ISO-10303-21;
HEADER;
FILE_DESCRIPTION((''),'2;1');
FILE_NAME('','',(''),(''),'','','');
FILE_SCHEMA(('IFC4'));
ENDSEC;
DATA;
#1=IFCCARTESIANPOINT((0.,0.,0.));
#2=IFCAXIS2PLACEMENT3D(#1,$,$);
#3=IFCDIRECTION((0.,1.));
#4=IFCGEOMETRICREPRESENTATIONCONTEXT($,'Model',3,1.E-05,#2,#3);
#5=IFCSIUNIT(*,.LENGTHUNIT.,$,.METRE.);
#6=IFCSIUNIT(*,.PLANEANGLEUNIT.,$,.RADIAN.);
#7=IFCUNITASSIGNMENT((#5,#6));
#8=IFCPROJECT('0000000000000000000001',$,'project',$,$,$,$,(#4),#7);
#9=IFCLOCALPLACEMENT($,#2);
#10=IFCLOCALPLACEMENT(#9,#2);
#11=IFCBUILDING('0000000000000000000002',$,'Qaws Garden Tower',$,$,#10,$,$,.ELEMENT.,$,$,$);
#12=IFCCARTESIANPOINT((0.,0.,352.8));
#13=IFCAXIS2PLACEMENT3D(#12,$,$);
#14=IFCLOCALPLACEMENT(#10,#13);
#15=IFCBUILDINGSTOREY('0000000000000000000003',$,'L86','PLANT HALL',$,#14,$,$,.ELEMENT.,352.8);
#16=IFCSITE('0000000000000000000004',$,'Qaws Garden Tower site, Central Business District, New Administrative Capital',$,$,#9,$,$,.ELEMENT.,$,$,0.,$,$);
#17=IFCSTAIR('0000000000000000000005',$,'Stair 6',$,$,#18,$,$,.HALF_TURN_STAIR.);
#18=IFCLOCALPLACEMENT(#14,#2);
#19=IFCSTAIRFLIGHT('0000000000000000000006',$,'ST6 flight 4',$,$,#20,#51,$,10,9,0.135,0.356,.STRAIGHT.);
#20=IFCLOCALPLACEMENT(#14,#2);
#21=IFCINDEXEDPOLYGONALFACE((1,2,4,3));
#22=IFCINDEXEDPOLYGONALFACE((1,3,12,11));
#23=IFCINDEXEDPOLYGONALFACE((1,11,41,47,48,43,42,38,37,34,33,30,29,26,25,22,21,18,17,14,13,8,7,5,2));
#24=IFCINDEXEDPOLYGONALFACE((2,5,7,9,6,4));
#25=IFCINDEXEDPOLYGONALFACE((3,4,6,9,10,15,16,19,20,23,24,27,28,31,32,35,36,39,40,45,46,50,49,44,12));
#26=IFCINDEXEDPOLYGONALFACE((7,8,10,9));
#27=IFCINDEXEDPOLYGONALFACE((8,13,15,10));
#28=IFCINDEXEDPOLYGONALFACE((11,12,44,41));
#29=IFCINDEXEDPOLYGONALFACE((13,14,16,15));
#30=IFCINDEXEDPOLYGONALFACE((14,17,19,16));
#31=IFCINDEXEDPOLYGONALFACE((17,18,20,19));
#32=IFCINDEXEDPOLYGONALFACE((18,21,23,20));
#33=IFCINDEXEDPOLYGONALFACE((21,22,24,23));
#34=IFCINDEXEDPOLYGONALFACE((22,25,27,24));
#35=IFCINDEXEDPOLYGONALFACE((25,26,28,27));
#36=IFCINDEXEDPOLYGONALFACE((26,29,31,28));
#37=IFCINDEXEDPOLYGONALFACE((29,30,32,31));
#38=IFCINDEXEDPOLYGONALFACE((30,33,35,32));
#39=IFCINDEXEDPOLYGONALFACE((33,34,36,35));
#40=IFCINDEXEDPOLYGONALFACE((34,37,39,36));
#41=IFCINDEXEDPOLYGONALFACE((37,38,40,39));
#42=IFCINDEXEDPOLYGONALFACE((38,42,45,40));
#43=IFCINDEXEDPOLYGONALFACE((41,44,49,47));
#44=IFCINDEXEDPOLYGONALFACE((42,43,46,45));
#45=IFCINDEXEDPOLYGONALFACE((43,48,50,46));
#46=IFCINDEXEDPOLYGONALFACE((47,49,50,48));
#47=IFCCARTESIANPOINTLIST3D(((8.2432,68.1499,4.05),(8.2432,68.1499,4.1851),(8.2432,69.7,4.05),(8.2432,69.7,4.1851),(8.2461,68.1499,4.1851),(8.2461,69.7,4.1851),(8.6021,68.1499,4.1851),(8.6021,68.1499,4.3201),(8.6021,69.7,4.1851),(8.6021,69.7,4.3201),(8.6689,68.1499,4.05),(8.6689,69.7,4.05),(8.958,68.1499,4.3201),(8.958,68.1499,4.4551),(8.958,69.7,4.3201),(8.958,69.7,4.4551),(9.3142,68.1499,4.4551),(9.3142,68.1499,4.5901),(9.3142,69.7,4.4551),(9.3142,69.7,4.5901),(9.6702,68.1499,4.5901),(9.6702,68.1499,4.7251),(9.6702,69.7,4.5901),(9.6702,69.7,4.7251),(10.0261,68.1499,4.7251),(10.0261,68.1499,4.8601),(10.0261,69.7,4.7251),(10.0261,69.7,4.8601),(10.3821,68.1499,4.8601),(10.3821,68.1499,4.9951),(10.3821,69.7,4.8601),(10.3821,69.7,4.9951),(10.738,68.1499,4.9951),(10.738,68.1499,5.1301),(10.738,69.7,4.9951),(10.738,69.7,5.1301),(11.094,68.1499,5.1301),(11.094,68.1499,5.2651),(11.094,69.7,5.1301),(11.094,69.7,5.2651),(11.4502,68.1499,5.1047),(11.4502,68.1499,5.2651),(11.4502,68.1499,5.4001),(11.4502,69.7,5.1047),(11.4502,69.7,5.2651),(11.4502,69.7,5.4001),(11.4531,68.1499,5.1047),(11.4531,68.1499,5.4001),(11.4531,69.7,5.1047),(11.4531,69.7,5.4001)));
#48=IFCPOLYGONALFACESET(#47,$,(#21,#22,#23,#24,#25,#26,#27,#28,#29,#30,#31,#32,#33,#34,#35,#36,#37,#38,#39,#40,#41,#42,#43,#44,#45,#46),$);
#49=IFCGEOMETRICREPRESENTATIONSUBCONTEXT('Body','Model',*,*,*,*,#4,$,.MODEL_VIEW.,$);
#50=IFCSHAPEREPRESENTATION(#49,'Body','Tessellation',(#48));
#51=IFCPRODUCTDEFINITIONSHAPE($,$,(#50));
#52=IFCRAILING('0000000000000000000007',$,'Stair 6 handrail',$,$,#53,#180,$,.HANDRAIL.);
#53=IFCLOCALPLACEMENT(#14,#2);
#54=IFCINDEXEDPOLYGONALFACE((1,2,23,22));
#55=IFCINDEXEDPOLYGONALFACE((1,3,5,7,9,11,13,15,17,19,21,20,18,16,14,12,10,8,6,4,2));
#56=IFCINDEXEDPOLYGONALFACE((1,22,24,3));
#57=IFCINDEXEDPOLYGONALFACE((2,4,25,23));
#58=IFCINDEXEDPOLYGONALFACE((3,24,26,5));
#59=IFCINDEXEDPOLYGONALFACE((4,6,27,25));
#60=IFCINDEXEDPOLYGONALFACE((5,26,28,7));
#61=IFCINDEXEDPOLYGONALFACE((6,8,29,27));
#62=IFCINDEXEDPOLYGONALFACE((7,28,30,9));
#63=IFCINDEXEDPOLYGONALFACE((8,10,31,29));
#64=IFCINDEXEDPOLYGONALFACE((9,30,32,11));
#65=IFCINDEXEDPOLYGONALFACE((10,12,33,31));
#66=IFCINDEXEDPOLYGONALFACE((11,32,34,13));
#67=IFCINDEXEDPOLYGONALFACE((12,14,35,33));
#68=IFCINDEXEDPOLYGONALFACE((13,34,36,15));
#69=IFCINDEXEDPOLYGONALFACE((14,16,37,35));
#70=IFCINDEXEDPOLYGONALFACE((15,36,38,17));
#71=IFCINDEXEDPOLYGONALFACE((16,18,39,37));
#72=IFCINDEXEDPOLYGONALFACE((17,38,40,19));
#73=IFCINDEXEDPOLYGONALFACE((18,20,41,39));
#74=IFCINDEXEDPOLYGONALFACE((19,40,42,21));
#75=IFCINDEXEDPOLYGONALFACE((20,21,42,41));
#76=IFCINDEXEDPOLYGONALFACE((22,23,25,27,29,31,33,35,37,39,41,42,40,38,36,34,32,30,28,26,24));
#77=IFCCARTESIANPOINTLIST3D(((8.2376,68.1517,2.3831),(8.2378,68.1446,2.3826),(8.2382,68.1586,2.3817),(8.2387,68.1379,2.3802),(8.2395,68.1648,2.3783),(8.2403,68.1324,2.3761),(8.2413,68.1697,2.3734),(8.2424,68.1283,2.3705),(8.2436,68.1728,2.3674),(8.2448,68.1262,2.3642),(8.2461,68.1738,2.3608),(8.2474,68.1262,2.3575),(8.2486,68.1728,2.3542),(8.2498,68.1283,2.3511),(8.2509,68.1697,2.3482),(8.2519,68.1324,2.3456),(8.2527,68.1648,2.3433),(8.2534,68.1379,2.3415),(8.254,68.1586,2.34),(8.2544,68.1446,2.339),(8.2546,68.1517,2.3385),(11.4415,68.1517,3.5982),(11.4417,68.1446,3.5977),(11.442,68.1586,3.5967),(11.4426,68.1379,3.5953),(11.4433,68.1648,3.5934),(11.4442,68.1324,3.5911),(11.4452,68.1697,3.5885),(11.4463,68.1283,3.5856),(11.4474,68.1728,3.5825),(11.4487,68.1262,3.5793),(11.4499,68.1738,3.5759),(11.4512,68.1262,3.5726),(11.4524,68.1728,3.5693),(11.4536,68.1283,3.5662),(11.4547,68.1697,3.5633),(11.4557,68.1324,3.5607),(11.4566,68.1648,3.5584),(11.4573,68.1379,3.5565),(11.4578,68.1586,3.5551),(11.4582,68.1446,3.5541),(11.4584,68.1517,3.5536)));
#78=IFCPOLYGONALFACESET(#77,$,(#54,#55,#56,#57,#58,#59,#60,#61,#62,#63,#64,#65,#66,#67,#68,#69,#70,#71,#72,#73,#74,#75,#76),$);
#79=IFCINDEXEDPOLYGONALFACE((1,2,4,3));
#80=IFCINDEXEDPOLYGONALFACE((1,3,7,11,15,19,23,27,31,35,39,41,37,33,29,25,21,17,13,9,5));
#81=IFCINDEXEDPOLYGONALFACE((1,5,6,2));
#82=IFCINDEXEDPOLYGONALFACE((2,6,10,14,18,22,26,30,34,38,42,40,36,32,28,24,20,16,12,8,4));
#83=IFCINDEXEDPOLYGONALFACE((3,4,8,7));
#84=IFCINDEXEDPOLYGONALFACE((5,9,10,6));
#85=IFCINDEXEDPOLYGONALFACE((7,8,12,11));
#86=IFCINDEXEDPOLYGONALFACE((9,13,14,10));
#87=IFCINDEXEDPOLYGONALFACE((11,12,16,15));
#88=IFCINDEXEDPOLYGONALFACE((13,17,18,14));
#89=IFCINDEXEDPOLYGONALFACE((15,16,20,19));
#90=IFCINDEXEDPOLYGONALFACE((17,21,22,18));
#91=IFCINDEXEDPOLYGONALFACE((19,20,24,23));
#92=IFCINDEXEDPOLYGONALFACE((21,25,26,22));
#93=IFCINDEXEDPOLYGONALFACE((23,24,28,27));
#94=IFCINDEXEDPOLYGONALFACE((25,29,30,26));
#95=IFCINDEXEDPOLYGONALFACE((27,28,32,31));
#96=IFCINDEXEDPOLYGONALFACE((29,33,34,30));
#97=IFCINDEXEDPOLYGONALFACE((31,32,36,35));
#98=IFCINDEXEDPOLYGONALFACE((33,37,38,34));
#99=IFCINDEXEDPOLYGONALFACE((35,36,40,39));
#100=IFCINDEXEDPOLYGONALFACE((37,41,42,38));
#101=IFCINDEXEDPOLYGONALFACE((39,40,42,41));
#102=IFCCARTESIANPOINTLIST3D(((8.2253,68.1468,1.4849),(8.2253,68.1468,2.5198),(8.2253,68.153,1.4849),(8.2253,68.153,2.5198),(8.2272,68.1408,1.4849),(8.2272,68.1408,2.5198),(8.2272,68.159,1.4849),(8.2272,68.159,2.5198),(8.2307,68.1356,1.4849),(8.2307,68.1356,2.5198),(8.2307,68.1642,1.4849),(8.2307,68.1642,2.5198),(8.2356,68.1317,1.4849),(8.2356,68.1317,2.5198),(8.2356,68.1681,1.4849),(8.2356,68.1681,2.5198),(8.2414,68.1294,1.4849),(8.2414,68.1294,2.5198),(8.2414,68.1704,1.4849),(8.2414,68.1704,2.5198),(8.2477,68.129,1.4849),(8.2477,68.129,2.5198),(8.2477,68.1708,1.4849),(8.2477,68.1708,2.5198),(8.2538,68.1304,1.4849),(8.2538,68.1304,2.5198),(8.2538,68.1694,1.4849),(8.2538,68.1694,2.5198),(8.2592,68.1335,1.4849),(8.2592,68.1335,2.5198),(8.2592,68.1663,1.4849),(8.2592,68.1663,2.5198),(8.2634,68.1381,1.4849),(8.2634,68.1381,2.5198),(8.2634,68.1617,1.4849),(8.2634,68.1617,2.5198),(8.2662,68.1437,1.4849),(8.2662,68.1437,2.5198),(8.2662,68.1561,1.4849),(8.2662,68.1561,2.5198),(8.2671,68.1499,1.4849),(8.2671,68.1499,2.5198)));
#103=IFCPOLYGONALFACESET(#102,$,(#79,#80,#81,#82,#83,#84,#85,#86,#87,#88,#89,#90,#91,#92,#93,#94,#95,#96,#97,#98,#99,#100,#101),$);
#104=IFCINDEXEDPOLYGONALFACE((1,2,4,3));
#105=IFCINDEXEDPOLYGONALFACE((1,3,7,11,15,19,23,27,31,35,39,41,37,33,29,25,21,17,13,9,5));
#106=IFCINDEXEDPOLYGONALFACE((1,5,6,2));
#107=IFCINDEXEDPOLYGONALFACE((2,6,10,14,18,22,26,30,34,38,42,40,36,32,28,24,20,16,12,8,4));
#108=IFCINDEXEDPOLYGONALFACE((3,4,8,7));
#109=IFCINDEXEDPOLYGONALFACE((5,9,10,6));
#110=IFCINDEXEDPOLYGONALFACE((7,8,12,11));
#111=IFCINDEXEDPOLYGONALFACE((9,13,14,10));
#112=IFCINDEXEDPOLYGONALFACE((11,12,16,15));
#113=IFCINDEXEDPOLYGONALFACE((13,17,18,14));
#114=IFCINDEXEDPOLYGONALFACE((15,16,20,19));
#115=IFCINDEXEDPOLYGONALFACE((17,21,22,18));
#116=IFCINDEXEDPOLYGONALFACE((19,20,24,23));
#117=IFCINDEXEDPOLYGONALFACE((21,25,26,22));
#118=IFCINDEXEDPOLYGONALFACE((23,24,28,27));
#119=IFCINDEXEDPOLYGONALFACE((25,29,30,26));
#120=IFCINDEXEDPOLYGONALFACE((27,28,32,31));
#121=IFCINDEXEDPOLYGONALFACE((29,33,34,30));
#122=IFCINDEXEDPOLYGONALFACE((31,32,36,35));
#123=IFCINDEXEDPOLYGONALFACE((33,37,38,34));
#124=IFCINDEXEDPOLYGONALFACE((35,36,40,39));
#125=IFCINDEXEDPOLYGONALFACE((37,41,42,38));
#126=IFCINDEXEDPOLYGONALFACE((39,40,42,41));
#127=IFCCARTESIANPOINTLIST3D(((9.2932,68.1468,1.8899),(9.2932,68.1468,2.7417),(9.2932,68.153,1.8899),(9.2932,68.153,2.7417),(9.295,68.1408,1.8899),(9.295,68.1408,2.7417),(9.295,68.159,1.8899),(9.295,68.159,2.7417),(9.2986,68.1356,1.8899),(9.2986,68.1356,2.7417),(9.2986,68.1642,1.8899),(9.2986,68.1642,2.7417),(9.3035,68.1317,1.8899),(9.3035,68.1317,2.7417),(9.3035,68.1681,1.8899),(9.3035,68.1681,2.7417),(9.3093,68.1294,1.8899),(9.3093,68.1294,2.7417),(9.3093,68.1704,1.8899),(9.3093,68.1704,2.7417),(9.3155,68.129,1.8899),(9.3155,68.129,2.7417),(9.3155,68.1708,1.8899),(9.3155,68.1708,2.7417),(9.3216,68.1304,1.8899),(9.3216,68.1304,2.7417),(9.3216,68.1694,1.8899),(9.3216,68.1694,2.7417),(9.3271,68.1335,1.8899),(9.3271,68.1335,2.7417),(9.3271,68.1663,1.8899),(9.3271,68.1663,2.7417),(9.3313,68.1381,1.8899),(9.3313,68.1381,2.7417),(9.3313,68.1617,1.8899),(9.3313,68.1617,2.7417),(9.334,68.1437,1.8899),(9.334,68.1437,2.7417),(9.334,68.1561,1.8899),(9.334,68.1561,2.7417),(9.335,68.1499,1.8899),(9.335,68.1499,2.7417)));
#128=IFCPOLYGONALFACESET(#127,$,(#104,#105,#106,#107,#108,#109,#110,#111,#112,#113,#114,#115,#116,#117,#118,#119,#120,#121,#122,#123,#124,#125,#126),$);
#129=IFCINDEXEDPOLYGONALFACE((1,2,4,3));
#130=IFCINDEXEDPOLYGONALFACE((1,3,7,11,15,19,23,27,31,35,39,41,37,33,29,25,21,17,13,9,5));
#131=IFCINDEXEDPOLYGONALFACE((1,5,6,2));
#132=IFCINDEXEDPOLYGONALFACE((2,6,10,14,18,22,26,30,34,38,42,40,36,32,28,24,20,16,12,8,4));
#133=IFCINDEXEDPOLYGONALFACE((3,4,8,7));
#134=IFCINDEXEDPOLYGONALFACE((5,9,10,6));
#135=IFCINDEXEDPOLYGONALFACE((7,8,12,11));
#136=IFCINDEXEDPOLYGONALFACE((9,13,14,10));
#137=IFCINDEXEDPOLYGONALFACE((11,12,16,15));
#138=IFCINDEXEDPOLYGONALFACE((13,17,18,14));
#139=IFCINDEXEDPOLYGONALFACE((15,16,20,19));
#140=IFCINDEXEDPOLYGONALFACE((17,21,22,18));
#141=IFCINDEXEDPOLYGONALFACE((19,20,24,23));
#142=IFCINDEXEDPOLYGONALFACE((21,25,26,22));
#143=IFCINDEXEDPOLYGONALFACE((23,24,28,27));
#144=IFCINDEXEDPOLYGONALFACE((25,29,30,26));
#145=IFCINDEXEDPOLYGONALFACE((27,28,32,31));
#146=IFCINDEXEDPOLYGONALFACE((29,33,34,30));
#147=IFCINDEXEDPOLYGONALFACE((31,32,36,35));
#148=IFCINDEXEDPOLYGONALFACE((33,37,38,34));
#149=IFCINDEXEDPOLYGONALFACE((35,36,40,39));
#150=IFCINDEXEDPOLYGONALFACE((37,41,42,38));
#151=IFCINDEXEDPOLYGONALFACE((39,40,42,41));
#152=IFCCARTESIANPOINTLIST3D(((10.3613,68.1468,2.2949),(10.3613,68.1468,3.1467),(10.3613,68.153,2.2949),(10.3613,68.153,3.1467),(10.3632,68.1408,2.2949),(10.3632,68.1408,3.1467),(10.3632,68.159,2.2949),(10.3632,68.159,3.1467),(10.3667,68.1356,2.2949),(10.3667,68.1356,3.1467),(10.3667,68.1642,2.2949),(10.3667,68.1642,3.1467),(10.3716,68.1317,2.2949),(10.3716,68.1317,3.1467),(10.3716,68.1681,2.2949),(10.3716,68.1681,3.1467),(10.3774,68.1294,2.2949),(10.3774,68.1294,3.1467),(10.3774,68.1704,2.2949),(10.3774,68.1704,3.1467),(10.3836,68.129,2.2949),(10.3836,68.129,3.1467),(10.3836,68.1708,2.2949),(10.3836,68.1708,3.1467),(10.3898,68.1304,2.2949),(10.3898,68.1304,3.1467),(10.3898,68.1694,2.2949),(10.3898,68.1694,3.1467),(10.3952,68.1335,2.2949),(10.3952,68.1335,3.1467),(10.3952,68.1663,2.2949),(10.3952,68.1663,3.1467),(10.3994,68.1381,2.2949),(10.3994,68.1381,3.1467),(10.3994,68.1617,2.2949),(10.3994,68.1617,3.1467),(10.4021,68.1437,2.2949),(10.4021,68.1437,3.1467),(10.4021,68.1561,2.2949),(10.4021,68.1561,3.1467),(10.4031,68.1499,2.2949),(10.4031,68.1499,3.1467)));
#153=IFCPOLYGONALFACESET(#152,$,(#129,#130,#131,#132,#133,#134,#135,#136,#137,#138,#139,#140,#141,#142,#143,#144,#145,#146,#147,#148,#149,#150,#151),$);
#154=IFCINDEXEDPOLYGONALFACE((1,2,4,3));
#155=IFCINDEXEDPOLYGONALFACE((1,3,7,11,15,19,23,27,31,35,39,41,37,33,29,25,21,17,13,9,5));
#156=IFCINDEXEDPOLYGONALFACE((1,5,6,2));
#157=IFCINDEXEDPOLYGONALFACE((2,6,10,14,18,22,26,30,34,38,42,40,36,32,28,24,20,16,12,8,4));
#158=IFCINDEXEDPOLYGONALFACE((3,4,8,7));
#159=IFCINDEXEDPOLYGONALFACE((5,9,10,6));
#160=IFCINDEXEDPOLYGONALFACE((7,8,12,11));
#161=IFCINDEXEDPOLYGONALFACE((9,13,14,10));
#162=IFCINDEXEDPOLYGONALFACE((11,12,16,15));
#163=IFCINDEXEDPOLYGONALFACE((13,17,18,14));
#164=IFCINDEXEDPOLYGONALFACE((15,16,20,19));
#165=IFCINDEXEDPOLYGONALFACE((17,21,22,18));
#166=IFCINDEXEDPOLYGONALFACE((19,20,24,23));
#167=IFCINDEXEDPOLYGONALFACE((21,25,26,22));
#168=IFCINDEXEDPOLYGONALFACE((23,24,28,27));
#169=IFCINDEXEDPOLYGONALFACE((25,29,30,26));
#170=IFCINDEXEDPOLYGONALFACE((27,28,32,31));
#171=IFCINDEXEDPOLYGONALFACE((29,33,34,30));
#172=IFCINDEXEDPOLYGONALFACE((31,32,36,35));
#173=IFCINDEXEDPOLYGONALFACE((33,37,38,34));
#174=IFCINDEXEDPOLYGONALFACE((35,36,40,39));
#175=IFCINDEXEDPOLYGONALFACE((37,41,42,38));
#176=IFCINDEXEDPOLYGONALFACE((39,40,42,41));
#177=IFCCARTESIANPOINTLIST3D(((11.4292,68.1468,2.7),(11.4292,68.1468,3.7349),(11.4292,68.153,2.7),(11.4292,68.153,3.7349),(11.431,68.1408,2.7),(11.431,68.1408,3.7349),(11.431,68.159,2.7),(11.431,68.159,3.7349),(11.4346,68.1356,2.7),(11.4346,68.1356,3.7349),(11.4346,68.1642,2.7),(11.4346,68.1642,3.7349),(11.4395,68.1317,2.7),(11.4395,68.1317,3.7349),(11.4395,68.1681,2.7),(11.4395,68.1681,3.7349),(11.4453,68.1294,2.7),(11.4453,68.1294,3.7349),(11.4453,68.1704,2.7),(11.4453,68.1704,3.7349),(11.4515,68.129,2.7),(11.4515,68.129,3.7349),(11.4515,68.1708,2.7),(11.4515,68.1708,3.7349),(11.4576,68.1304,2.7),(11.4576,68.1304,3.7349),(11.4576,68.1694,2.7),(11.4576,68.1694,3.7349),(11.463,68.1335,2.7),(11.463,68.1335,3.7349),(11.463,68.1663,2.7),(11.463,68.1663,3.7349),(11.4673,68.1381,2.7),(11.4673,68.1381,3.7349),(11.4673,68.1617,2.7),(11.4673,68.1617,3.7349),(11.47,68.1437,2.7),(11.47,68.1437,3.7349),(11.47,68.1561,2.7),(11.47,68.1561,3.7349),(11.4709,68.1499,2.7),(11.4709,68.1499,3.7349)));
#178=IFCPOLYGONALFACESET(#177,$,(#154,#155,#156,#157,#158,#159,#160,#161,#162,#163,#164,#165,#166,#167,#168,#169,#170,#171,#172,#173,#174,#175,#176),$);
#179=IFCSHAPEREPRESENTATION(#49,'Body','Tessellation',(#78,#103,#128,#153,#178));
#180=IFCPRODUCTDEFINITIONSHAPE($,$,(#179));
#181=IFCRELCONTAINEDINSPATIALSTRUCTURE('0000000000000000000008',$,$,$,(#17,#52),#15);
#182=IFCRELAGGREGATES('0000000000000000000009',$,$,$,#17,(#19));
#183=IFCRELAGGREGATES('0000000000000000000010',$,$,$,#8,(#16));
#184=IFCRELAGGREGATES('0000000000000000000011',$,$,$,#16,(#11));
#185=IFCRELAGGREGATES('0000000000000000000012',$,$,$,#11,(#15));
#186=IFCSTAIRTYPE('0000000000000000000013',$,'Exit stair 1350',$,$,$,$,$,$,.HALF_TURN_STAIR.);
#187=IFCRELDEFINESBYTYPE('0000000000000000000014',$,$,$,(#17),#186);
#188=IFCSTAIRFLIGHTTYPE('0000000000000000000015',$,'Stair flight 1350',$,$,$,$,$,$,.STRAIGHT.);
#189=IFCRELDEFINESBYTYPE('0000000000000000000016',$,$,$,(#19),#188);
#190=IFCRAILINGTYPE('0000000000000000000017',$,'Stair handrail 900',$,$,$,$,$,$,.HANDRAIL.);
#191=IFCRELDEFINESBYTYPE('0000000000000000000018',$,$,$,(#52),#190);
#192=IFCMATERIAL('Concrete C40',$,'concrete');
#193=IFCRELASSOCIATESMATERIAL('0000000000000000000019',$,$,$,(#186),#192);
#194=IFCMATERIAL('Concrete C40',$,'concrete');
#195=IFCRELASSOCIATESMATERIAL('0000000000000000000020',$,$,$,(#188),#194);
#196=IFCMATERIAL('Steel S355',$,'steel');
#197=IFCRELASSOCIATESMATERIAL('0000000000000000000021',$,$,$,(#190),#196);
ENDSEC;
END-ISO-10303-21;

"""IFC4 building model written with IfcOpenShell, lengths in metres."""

from ifc_helpers import new_model, si_unit, direction, frame, origin, origin_2d, place, context, subcontext, project, spatial, polyline, circle, outline, extrude, material, type_object, element, aggregate, save


model = new_model("IFC4")

# Units and contexts
model_context = context("Model", 3, precision=1e-05, world=origin(), true_north=direction((0.0, 1.0)))
body_context = subcontext(model_context, "Body", "Model", "MODEL_VIEW")
ifc_project = project(units=[si_unit("LENGTHUNIT", "METRE"), si_unit("PLANEANGLEUNIT", "RADIAN")], contexts=[model_context])

# Site, building, storey
site_placement = place(None, origin())
site = spatial("IfcSite", under=ifc_project, at=site_placement, Name="Qaws Garden Tower site, Central Business District, New Administrative Capital", CompositionType="ELEMENT", RefElevation=0.0)
building_placement = place(site_placement, origin())
building = spatial("IfcBuilding", under=site, at=building_placement, Name="Qaws Garden Tower", CompositionType="ELEMENT")
storey_placement = place(building_placement, frame((0.0, 0.0, 352.8)))
storey = spatial("IfcBuildingStorey", under=building, at=storey_placement, Name="L86", Description="PLANT HALL", CompositionType="ELEMENT", Elevation=352.8)

# Shared definitions
placement_1 = place(storey_placement, origin())

# Stair, stair flight
ifc_material_1 = material(Name="Concrete C40", Category="concrete")
stair_type = type_object("IfcStairType", Name="Exit stair 1350", PredefinedType="HALF_TURN_STAIR", material=ifc_material_1)
stair = element("IfcStair", 1, at=placement_1, inside=storey, type_object=stair_type, Name="Stair 6", PredefinedType="HALF_TURN_STAIR")
ifc_material_2 = material(Name="Concrete C40", Category="concrete")
stair_flight_type = type_object("IfcStairFlightType", Name="Stair flight 1350", PredefinedType="STRAIGHT", material=ifc_material_2)
stair_flight_1_placement = place(storey_placement, frame((8.2461, 68.925, 4.05), z_axis=(0.0, 0.0, 1.0), x_axis=(1.0, 0.0, 0.0)))
stair_flight_1 = element("IfcStairFlight", 2, at=stair_flight_1_placement, type_object=stair_flight_type, Name="ST6 flight 4", NumberOfRisers=10, NumberOfTreads=9, PredefinedType="STRAIGHT", RiserHeight=0.135, TreadLength=0.356, context=body_context, shape_type="SweptSolid", body=[
    extrude(outline(polyline([(-0.0029, 0.0), (-0.0029, 0.135), (0.0, 0.135), (0.356, 0.135), (0.356, 0.27), (0.7119, 0.27), (0.7119, 0.405), (1.0681, 0.405), (1.0681, 0.54), (1.4241, 0.54), (1.4241, 0.675), (1.78, 0.675), (1.78, 0.8101), (2.136, 0.8101), (2.136, 0.9451), (2.4919, 0.9451), (2.4919, 1.0801), (2.8479, 1.0801), (2.8479, 1.2151), (3.2041, 1.2151), (3.2041, 1.3501), (3.207, 1.3501), (3.207, 1.0547), (3.2041, 1.0547), (0.4229, 0.0), (-0.0029, 0.0)])), frame((0.0, 0.7749, 0.0), z_axis=(0.0, -1.0, 0.0), x_axis=(1.0, 0.0, 0.0)), (0.0, 0.0, 1.0), 1.55),
])
aggregate(stair, [stair_flight_1])

# Railing
ifc_material_3 = material(Name="Steel S355", Category="steel")
railing_type = type_object("IfcRailingType", Name="Stair handrail 900", PredefinedType="HANDRAIL", material=ifc_material_3)
railing_1_placement = place(storey_placement, frame((8.2461, 68.1499, 1.4849)))
element("IfcRailing", 3, at=railing_1_placement, inside=storey, type_object=railing_type, Name="Stair 6 handrail", PredefinedType="HANDRAIL", context=body_context, shape_type="SweptSolid", body=[
    extrude(circle(Radius=0.0239, at=origin_2d()), frame((0.0, 0.0, 0.876), z_axis=(0.935014, 0.0, 0.354611), x_axis=(0.0, 1.0, 0.0)), (0.0, 0.0, 1.0), 3.4265),
    extrude(circle(Radius=0.021, at=origin_2d()), origin(), (0.0, 0.0, 1.0), 1.0349),
    extrude(circle(Radius=0.021, at=origin_2d()), frame((1.0679, 0.0, 0.405)), (0.0, 0.0, 1.0), 0.8518),
    extrude(circle(Radius=0.021, at=origin_2d()), frame((2.136, 0.0, 0.8101)), (0.0, 0.0, 1.0), 0.8518),
    extrude(circle(Radius=0.021, at=origin_2d()), frame((3.2039, 0.0, 1.2151)), (0.0, 0.0, 1.0), 1.0349),
])

save(model, "model.ifc")
